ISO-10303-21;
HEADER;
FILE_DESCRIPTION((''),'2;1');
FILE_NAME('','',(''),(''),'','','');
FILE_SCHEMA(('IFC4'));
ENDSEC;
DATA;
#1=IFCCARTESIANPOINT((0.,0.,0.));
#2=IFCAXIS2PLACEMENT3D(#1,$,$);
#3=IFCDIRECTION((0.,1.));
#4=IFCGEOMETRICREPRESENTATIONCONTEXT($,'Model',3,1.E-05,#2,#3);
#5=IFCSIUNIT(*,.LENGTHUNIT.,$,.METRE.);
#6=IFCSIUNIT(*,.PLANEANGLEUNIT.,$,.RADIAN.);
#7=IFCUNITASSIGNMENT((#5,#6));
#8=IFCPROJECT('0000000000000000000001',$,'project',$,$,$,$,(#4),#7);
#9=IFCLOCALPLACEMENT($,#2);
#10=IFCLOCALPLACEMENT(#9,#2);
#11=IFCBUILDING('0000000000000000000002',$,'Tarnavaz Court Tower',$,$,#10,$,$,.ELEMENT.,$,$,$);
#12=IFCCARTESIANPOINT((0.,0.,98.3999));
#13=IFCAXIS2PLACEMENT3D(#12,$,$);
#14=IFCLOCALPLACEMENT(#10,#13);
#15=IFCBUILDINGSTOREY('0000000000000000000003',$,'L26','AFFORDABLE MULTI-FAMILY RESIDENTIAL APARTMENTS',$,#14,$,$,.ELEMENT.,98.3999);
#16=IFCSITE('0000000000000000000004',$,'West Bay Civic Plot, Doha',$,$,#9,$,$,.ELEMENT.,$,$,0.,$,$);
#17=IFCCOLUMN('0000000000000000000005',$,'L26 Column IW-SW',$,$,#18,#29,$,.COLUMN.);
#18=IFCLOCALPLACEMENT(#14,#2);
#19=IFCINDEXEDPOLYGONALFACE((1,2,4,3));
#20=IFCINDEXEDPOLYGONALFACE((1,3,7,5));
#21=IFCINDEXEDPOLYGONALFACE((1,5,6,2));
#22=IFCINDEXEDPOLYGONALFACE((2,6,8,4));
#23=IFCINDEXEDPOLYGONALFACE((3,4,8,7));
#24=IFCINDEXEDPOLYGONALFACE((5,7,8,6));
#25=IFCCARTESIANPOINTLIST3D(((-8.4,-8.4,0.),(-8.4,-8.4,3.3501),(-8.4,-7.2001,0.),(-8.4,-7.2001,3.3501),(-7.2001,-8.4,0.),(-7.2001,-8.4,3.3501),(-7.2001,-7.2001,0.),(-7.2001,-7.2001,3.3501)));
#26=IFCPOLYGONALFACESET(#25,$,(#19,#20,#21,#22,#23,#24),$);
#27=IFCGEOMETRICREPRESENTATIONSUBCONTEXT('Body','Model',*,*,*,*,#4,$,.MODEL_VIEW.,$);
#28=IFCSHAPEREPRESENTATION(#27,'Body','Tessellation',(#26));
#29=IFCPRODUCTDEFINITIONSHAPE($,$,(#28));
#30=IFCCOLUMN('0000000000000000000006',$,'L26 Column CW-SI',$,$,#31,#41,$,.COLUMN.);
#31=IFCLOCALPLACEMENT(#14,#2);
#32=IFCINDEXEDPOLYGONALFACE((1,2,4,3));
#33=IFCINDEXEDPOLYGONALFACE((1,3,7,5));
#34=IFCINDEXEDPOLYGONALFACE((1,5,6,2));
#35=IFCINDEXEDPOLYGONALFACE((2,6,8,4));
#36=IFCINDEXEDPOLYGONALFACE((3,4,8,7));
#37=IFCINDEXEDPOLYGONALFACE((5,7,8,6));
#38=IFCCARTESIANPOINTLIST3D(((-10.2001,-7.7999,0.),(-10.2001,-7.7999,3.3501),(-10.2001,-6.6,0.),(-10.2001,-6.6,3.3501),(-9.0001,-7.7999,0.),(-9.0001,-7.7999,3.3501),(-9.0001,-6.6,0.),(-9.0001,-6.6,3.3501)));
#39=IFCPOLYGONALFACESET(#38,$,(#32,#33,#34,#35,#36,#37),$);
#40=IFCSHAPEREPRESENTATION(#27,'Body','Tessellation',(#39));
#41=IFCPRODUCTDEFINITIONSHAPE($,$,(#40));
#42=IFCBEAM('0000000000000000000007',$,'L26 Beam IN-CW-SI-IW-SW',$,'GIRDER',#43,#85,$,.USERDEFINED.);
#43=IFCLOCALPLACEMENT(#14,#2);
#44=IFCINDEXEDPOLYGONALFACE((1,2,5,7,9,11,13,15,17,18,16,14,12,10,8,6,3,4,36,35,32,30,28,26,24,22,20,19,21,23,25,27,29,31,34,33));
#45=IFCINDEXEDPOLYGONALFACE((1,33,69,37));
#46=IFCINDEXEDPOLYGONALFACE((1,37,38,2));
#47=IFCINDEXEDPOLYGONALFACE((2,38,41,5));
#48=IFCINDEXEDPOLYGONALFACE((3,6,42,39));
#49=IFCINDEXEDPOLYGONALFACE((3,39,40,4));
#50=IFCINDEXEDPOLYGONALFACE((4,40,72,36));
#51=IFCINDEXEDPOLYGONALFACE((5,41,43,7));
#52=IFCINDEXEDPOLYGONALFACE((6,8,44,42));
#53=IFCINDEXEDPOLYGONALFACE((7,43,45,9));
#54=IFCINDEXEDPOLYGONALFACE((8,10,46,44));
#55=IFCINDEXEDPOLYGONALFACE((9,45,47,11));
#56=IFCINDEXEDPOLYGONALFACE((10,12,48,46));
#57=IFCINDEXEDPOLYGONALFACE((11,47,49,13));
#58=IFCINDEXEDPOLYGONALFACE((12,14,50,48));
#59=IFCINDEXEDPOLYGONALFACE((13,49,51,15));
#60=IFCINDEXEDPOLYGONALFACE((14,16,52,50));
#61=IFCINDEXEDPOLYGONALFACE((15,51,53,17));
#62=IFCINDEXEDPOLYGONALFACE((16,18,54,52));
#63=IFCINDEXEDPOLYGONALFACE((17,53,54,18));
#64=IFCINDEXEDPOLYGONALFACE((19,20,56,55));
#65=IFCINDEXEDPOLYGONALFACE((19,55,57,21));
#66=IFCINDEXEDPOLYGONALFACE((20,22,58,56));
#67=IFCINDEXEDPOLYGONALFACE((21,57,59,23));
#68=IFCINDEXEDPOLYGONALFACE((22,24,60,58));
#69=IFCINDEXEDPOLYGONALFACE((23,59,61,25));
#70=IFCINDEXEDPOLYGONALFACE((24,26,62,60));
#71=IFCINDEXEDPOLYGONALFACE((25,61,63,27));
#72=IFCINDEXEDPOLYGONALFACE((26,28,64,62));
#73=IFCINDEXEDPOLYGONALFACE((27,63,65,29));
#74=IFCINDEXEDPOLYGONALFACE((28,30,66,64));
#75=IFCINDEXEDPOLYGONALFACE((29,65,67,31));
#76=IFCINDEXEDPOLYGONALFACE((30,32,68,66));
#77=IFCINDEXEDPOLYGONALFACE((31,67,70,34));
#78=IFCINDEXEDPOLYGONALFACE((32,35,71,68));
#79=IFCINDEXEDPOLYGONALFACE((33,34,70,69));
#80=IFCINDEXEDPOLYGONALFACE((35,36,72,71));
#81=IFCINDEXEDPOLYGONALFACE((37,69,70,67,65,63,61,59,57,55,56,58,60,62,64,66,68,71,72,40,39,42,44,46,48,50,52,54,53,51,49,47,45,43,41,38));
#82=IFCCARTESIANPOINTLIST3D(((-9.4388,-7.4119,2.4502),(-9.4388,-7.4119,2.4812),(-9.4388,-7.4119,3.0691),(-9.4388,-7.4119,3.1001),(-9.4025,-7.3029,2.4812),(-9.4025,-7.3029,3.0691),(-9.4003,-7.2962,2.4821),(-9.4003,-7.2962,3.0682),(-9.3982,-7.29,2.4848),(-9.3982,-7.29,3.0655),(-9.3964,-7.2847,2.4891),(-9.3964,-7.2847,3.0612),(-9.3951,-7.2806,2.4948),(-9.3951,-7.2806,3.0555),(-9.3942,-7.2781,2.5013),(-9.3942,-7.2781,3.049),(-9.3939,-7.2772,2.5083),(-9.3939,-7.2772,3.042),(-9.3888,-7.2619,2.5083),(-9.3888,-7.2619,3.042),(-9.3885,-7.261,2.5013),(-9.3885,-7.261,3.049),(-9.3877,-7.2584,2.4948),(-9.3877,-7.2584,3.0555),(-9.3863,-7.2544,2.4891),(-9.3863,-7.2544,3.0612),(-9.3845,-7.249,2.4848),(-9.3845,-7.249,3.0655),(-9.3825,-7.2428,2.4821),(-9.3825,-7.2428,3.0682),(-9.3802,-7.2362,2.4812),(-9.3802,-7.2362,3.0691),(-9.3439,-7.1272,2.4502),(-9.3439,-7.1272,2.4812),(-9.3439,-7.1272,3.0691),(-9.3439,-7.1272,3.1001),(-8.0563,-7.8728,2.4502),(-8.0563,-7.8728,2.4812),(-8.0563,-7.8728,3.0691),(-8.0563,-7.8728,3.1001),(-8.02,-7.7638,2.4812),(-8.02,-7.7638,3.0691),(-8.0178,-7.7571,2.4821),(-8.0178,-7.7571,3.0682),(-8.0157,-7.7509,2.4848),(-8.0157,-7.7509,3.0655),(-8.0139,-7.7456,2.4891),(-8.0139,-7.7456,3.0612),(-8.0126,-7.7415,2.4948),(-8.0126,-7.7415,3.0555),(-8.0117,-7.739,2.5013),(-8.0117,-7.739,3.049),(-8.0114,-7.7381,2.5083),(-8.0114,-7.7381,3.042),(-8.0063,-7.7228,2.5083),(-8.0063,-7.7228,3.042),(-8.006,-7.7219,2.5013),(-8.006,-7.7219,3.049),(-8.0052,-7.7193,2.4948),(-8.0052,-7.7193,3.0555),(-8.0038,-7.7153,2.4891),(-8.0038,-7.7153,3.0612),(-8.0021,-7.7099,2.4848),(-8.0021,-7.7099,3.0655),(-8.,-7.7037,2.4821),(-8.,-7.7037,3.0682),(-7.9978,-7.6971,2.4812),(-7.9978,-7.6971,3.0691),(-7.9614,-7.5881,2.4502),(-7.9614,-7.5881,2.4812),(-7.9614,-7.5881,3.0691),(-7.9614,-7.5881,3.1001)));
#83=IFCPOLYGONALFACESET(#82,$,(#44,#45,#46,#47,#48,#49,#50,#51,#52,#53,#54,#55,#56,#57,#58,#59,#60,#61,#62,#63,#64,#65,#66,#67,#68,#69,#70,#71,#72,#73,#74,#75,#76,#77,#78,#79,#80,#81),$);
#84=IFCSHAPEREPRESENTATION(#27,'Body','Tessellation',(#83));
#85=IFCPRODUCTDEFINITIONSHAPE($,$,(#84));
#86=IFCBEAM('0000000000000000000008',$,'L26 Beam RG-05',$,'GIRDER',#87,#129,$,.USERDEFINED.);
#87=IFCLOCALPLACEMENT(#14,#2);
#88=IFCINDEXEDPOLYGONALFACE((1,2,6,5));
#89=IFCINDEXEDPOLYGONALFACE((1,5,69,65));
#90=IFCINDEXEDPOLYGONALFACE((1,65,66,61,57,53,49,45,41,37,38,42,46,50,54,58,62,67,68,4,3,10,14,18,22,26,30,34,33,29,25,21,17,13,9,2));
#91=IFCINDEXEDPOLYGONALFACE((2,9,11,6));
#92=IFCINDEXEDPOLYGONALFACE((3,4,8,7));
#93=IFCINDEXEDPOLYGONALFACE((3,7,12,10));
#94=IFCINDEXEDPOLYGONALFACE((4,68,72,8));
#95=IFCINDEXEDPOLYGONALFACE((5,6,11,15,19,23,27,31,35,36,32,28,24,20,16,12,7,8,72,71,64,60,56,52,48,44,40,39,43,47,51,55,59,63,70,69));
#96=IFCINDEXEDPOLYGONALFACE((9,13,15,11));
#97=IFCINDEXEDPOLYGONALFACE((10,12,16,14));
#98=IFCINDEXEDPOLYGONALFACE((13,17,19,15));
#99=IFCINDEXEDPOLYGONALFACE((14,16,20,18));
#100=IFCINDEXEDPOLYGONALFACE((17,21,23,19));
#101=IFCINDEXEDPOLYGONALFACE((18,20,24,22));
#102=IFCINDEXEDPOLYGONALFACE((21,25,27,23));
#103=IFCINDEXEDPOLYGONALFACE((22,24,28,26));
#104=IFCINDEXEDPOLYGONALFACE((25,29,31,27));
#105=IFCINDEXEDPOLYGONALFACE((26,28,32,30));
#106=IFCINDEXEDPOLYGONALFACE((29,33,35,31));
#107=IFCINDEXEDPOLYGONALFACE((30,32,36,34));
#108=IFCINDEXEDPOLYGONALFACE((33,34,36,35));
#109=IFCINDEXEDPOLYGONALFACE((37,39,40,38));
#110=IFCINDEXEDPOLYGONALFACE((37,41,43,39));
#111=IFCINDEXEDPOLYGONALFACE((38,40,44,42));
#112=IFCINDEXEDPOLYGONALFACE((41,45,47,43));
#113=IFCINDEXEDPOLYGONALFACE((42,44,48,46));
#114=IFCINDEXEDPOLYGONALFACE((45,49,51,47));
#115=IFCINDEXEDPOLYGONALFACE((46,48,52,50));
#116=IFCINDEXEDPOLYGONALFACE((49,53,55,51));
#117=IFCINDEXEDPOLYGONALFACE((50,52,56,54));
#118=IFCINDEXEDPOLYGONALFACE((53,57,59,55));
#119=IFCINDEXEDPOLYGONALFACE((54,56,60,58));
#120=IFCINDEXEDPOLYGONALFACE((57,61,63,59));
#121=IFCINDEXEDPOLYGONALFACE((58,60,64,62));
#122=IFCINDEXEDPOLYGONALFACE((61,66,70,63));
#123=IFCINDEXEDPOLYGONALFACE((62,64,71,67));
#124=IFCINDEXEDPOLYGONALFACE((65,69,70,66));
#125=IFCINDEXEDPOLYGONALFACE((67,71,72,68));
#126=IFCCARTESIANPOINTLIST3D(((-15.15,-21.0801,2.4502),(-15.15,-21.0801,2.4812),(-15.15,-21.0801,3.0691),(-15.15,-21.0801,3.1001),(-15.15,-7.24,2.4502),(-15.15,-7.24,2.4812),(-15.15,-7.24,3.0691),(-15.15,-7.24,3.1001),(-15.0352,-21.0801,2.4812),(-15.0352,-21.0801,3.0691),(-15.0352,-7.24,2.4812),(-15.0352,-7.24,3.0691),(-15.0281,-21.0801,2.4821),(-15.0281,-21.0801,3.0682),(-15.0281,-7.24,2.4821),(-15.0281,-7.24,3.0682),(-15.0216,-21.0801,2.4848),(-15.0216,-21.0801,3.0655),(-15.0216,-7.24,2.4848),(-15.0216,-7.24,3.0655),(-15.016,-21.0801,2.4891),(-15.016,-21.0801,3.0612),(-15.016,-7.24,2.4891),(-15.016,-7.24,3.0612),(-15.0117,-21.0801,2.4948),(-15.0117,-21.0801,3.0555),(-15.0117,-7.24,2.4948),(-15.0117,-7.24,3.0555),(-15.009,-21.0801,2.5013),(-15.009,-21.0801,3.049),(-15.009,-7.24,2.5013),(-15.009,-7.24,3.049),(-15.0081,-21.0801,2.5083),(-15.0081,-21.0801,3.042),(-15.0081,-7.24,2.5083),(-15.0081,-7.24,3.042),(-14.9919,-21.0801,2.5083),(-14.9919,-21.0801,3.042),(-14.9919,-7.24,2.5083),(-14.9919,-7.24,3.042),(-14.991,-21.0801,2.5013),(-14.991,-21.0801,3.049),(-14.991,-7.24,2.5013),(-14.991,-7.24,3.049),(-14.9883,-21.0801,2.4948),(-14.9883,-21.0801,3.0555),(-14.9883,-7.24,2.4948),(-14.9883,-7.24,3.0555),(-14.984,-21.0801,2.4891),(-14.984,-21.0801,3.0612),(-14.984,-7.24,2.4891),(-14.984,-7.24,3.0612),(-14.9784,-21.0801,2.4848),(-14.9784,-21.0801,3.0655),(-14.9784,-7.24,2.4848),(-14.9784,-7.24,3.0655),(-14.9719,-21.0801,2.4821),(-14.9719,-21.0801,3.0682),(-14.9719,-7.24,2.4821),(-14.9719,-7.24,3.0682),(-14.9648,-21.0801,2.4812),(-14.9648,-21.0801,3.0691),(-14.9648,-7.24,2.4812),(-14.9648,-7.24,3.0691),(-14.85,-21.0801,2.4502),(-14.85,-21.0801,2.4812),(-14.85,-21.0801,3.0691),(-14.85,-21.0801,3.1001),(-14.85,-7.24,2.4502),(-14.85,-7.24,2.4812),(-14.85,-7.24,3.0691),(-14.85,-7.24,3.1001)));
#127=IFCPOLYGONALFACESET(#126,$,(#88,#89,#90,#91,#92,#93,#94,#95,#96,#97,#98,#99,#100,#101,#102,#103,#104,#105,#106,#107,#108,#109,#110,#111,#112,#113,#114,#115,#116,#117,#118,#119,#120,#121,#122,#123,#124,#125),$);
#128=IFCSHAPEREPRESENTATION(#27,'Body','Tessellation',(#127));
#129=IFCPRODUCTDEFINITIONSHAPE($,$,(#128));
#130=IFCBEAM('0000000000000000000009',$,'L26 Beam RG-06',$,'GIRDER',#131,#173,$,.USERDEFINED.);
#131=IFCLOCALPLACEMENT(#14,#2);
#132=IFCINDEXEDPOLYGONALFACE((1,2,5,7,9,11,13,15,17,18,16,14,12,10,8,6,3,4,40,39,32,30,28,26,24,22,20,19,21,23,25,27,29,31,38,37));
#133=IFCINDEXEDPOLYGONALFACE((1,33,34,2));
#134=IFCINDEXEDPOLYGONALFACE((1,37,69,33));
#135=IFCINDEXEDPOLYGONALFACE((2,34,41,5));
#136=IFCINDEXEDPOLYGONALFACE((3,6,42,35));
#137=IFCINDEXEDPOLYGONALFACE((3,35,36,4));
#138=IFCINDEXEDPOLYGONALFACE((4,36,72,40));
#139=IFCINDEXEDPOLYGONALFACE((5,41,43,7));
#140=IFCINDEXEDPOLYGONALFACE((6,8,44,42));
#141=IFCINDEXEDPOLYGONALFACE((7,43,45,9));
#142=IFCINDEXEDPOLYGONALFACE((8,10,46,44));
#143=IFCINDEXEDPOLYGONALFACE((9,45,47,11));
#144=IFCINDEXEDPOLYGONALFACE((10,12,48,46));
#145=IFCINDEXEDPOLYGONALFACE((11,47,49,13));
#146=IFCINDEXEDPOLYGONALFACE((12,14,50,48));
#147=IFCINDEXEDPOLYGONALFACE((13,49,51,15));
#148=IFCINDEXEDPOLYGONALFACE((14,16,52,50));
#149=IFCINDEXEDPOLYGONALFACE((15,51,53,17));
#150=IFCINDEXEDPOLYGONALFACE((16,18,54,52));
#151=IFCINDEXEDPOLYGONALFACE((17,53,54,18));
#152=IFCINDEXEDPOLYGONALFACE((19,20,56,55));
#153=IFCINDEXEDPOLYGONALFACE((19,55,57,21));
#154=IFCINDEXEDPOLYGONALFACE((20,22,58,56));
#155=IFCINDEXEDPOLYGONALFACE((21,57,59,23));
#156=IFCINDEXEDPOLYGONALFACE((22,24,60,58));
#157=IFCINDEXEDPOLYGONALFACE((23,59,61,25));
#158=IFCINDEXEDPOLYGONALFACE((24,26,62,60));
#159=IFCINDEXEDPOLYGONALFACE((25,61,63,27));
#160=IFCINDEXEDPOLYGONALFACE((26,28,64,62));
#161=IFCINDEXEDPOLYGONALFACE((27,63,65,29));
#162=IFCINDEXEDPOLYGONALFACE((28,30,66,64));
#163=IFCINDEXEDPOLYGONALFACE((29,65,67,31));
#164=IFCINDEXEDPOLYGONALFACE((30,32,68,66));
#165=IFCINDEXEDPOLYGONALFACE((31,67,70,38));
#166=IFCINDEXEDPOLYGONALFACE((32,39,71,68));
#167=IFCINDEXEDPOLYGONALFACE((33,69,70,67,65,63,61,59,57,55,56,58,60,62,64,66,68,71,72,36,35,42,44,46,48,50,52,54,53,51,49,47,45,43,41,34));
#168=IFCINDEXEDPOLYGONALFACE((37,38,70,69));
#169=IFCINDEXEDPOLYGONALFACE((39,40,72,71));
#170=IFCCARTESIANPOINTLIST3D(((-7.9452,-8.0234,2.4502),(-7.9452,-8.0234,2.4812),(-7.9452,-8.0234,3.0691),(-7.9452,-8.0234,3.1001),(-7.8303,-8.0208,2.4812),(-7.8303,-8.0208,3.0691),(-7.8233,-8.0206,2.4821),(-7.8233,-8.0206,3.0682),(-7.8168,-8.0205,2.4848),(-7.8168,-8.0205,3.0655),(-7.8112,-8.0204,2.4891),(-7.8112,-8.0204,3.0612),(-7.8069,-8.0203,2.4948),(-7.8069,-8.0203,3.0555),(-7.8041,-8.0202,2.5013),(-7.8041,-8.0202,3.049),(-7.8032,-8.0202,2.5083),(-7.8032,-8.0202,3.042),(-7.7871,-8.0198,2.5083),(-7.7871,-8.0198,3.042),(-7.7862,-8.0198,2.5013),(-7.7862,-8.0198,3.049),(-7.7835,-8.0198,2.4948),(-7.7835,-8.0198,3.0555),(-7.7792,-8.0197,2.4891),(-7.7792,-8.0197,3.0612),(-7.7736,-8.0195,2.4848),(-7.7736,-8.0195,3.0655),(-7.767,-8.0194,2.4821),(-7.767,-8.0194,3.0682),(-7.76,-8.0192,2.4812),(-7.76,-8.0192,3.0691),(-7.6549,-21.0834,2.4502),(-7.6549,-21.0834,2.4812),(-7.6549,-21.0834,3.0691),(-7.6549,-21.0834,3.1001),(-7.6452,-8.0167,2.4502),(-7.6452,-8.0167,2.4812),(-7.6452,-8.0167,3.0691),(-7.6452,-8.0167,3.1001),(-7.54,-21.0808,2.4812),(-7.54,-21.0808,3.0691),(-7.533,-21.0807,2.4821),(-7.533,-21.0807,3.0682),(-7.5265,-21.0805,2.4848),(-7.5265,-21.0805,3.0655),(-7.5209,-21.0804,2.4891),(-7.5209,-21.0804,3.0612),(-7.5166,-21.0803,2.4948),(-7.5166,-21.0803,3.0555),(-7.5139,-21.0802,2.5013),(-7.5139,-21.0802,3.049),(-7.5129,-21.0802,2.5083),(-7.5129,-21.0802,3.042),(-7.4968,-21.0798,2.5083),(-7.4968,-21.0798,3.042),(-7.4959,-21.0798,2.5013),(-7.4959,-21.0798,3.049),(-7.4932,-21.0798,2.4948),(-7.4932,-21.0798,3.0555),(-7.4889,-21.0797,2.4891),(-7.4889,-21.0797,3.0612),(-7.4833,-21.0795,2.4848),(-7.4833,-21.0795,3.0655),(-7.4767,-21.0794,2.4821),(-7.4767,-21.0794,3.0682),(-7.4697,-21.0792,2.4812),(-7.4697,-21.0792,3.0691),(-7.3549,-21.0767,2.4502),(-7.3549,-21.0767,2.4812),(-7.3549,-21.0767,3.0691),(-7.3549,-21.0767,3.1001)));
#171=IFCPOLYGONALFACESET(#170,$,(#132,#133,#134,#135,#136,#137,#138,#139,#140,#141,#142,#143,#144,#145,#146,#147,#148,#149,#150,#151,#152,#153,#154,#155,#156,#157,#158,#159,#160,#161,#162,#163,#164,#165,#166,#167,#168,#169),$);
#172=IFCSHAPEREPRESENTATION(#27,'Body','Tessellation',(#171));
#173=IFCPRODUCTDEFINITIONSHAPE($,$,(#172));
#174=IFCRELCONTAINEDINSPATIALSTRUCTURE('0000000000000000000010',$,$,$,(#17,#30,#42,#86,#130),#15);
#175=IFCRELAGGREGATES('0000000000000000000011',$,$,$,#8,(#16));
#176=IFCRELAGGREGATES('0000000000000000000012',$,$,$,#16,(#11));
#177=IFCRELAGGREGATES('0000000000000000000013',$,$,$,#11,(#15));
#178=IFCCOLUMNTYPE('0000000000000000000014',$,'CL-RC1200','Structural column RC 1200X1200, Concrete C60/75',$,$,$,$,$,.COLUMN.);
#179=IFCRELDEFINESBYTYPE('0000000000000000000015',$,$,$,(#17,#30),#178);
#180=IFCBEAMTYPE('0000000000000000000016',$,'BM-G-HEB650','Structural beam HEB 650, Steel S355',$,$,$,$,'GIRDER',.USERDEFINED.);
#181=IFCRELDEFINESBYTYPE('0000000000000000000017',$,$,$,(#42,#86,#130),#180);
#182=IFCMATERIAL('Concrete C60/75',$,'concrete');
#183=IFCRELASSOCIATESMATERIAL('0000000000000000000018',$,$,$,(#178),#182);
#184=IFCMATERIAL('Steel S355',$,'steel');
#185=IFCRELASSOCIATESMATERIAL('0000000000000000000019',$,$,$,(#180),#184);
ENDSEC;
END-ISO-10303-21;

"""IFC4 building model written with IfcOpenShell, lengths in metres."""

from ifc_helpers import new_model, si_unit, direction, frame, origin, origin_2d, place, context, subcontext, project, spatial, rectangle, i_section, extrude, material, material_profile, profile_set, type_object, element, save


model = new_model("IFC4")

# Units and contexts
model_context = context("Model", 3, precision=1e-05, world=origin(), true_north=direction((0.0, 1.0)))
body_context = subcontext(model_context, "Body", "Model", "MODEL_VIEW")
ifc_project = project(units=[si_unit("LENGTHUNIT", "METRE"), si_unit("PLANEANGLEUNIT", "RADIAN")], contexts=[model_context])

# Site, building, storey
site_placement = place(None, origin())
site = spatial("IfcSite", under=ifc_project, at=site_placement, Name="West Bay Civic Plot, Doha", CompositionType="ELEMENT", RefElevation=0.0)
building_placement = place(site_placement, origin())
building = spatial("IfcBuilding", under=site, at=building_placement, Name="Tarnavaz Court Tower", CompositionType="ELEMENT")
storey_placement = place(building_placement, frame((0.0, 0.0, 98.3999)))
storey = spatial("IfcBuildingStorey", under=building, at=storey_placement, Name="L26", Description="AFFORDABLE MULTI-FAMILY RESIDENTIAL APARTMENTS", CompositionType="ELEMENT", Elevation=98.3999)

# Columns
ifc_material_1 = material(Name="Concrete C60/75", Category="concrete")
ifc_material_profile_1 = material_profile(ifc_material_1, rectangle(XDim=1.2, YDim=1.2, at=origin_2d()), Name="RC 1200X1200")
ifc_profile_set_1 = profile_set([ifc_material_profile_1], Name="Concrete C60/75")
column_type = type_object("IfcColumnType", Name="CL-RC1200", Description="Structural column RC 1200X1200, Concrete C60/75", PredefinedType="COLUMN", material=ifc_profile_set_1)
for number, where, z_axis, x_axis, name in (
    (1, (-7.8, -7.8, 0.0), (0.0, 0.0, 1.0), (1.0, 0.0, 0.0), "L26 Column IW-SW"),
    (2, (-9.6001, -7.2, 0.0), (0.0, 0.0, 1.0), (1.0, 0.0, 0.0), "L26 Column CW-SI"),
):
    element("IfcColumn", number, at=place(storey_placement, frame(where, z_axis=z_axis, x_axis=x_axis)), inside=storey, type_object=column_type, Name=name, PredefinedType="COLUMN", context=body_context, shape_type="SweptSolid", body=[
        extrude(rectangle(XDim=1.2, YDim=1.2, at=origin_2d()), origin(), (0.0, 0.0, 1.0), 3.3501),
    ])

# Beams
ifc_material_2 = material(Name="Steel S355", Category="steel")
ifc_material_profile_2 = material_profile(ifc_material_2, i_section(OverallWidth=0.3, OverallDepth=0.6499, WebThickness=0.0161, FlangeThickness=0.031, FilletRadius=0.0271, at=origin_2d()), Name="HEB 650")
ifc_profile_set_2 = profile_set([ifc_material_profile_2], Name="Steel S355")
beam_type_1 = type_object("IfcBeamType", Name="BM-G-HEB650", Description="Structural beam HEB 650, Steel S355", ElementType="GIRDER", PredefinedType="USERDEFINED", material=ifc_profile_set_2)
beam_1_placement = place(storey_placement, frame((-9.3914, -7.2695, 2.7751), z_axis=(0.948667, -0.316278, 0.0), x_axis=(0.316278, 0.948667, 0.0)))
element("IfcBeam", 3, at=beam_1_placement, inside=storey, type_object=beam_type_1, Name="L26 Beam IN-CW-SI-IW-SW", ObjectType="GIRDER", PredefinedType="USERDEFINED", context=body_context, shape_type="SweptSolid", body=[
    extrude(i_section(OverallWidth=0.3, OverallDepth=0.6499, WebThickness=0.0161, FlangeThickness=0.031, FilletRadius=0.0271, at=origin_2d()), origin(), (0.0, 0.0, 1.0), 1.4573),
])
beam_2_placement = place(storey_placement, frame((-15.0, -7.24, 2.7751), z_axis=(0.0, -1.0, 0.0), x_axis=(1.0, 0.0, 0.0)))
element("IfcBeam", 4, at=beam_2_placement, inside=storey, type_object=beam_type_1, Name="L26 Beam RG-05", ObjectType="GIRDER", PredefinedType="USERDEFINED", context=body_context, shape_type="SweptSolid", body=[
    extrude(i_section(OverallWidth=0.3, OverallDepth=0.6499, WebThickness=0.0161, FlangeThickness=0.031, FilletRadius=0.0271, at=origin_2d()), origin(), (0.0, 0.0, 1.0), 13.8401),
])
beam_3_placement = place(storey_placement, frame((-7.7952, -8.02, 2.7751), z_axis=(0.022221, -0.999753, 0.0), x_axis=(0.999753, 0.022221, 0.0)))
element("IfcBeam", 5, at=beam_3_placement, inside=storey, type_object=beam_type_1, Name="L26 Beam RG-06", ObjectType="GIRDER", PredefinedType="USERDEFINED", context=body_context, shape_type="SweptSolid", body=[
    extrude(i_section(OverallWidth=0.3, OverallDepth=0.6499, WebThickness=0.0161, FlangeThickness=0.031, FilletRadius=0.0271, at=origin_2d()), origin(), (0.0, 0.0, 1.0), 13.0632),
])

save(model, "model.ifc")
